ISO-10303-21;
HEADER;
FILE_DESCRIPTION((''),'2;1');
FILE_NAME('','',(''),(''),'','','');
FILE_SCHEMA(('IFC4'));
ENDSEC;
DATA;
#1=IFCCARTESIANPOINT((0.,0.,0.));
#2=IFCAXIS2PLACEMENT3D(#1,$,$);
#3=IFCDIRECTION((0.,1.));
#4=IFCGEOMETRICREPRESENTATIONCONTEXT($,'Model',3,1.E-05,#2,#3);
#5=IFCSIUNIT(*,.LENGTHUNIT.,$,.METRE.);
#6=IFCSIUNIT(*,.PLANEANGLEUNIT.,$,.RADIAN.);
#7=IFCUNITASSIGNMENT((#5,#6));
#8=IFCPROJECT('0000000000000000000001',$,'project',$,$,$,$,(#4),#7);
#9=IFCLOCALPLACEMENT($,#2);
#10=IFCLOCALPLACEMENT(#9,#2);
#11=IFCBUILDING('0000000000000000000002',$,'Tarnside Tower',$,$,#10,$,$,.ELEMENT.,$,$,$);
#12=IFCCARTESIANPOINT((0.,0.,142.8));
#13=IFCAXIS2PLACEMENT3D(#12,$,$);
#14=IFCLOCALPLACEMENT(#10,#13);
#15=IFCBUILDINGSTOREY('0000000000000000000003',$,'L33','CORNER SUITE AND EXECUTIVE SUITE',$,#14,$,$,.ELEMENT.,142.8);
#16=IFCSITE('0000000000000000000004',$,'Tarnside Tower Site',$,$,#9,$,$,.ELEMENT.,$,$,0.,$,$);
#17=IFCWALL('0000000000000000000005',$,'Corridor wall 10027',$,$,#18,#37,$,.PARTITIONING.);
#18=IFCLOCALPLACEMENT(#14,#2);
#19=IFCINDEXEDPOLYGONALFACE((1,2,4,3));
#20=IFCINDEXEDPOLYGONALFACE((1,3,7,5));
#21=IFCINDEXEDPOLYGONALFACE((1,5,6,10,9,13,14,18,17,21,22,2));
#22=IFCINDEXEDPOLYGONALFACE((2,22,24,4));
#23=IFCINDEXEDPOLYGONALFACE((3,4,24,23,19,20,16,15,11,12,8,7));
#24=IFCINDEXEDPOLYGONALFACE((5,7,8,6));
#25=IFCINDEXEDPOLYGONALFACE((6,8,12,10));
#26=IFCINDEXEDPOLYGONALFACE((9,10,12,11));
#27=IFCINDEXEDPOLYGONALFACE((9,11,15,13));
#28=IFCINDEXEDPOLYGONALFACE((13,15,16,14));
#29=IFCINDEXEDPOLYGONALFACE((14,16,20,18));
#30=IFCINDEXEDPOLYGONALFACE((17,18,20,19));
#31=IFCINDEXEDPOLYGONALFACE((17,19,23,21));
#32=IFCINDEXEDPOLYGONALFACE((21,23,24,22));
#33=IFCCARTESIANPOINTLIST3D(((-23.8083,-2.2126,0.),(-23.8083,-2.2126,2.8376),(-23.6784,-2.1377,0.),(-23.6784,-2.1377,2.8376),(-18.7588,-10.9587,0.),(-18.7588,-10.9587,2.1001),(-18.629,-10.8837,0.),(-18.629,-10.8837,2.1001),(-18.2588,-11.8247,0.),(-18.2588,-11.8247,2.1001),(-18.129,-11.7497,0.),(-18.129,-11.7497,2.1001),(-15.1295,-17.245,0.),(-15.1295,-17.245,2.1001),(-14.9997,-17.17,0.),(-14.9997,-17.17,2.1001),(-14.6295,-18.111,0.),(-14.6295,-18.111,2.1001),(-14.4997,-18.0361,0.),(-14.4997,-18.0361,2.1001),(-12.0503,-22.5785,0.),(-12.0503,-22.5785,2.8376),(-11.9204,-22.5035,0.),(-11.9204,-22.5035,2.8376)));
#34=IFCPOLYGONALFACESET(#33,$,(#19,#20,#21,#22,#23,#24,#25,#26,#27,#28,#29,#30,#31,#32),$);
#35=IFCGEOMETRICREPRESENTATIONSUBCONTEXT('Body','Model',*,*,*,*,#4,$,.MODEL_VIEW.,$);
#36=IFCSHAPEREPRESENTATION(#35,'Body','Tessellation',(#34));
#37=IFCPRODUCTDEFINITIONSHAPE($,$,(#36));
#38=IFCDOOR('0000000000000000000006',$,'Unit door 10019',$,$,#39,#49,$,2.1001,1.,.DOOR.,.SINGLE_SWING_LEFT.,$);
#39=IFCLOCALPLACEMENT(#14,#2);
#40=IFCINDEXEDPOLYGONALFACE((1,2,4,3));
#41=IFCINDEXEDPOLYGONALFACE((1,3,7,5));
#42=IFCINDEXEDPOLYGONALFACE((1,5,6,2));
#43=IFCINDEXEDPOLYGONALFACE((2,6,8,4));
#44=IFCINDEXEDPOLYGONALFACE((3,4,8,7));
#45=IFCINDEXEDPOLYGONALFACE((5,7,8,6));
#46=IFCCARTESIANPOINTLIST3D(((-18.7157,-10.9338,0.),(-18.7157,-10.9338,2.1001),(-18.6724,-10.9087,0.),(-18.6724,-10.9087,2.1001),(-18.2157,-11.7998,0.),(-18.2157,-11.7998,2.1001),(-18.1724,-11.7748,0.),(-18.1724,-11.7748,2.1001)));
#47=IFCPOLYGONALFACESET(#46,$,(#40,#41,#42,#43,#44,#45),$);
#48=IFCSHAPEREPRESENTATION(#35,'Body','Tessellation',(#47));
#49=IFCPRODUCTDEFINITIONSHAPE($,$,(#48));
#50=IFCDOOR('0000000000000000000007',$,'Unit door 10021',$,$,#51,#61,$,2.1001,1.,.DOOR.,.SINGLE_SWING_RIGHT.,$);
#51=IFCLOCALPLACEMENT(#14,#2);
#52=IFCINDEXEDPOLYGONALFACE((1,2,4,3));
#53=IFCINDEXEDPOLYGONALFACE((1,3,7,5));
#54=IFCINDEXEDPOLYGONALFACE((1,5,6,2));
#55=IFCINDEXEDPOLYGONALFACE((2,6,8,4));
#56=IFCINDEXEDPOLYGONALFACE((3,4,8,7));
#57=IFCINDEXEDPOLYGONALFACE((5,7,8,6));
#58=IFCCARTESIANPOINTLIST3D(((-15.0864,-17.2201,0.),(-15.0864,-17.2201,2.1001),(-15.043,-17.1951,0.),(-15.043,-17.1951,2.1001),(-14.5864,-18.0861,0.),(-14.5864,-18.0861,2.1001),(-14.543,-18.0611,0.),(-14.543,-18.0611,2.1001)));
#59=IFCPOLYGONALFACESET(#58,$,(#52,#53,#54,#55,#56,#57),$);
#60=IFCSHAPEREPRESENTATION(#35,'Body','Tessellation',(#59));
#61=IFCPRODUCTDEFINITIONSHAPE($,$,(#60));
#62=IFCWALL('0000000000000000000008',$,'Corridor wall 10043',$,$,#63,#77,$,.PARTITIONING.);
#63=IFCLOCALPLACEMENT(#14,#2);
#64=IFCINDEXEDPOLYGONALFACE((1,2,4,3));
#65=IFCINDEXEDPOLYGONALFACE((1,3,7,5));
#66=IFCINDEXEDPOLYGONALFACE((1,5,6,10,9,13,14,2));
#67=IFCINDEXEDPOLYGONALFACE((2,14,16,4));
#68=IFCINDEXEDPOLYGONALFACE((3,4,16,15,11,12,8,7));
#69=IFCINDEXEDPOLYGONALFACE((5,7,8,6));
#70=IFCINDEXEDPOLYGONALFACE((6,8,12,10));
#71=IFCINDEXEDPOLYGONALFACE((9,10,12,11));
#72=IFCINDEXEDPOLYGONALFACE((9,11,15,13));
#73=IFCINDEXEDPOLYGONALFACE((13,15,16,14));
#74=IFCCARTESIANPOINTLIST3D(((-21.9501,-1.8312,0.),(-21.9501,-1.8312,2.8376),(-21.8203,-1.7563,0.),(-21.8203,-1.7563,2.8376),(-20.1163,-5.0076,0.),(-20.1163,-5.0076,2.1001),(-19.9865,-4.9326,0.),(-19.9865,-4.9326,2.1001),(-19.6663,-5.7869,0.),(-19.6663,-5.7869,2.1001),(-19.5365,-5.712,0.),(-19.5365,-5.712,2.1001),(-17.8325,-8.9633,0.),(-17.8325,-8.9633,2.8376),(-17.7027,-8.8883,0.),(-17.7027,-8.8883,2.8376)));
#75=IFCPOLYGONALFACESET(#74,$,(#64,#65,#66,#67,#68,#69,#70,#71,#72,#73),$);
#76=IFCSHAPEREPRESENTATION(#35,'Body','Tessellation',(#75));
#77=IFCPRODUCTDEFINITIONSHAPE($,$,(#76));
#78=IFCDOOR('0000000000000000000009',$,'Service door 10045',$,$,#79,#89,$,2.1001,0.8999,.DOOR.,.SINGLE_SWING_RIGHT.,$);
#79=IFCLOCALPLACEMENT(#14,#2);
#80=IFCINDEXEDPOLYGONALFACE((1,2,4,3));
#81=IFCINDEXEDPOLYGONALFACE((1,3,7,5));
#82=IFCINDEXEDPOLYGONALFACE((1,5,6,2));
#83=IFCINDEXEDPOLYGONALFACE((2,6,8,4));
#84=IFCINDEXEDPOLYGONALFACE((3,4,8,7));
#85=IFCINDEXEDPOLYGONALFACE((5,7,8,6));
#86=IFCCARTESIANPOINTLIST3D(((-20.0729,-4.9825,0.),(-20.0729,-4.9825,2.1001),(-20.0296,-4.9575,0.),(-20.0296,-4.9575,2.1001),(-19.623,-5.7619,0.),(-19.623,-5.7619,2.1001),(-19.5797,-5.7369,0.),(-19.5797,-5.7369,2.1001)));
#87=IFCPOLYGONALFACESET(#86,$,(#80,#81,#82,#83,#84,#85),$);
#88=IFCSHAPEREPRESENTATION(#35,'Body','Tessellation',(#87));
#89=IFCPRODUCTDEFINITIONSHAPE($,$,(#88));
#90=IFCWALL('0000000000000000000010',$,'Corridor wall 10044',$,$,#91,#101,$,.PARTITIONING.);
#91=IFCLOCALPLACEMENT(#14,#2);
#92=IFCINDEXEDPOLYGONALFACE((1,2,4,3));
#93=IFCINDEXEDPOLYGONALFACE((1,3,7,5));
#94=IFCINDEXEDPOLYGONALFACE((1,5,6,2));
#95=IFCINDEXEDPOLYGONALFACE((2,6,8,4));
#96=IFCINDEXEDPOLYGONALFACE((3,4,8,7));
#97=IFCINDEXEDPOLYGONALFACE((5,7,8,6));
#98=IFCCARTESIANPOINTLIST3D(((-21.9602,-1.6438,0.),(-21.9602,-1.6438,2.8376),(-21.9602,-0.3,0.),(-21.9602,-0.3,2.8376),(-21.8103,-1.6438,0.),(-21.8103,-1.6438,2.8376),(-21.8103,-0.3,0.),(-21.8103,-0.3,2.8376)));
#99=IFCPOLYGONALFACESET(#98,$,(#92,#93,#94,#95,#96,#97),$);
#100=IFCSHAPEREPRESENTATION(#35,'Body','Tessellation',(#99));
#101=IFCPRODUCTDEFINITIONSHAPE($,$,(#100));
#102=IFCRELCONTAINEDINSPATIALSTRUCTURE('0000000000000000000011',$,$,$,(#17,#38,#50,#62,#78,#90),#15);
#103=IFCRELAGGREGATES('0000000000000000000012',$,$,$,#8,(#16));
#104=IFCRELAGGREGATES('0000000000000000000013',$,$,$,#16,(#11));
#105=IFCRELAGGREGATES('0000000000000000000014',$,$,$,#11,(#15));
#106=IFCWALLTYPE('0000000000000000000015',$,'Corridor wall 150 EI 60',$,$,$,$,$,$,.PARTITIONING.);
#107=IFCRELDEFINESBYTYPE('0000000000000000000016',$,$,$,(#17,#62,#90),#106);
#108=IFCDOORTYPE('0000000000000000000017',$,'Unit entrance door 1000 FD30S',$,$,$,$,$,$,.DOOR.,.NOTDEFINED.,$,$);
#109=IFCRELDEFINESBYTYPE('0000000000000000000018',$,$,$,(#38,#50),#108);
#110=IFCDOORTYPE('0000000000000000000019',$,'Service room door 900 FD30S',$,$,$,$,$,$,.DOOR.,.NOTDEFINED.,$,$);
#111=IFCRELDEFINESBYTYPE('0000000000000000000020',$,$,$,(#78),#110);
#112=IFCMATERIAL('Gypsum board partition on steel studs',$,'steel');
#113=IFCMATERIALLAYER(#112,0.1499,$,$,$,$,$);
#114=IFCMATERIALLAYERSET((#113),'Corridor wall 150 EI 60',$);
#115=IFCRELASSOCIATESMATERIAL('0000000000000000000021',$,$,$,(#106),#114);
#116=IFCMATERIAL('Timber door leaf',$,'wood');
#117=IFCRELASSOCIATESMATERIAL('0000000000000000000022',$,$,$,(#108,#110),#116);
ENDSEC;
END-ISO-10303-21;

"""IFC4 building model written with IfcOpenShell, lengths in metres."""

from ifc_helpers import new_model, si_unit, direction, frame, frame_2d, origin, place, context, subcontext, project, spatial, rectangle, extrude, material, layer, layer_set, type_object, element, fill, save


model = new_model("IFC4")

# Units and contexts
model_context = context("Model", 3, precision=1e-05, world=origin(), true_north=direction((0.0, 1.0)))
body_context = subcontext(model_context, "Body", "Model", "MODEL_VIEW")
ifc_project = project(units=[si_unit("LENGTHUNIT", "METRE"), si_unit("PLANEANGLEUNIT", "RADIAN")], contexts=[model_context])

# Site, building, storey
site_placement = place(None, origin())
site = spatial("IfcSite", under=ifc_project, at=site_placement, Name="Tarnside Tower Site", CompositionType="ELEMENT", RefElevation=0.0)
building_placement = place(site_placement, origin())
building = spatial("IfcBuilding", under=site, at=building_placement, Name="Tarnside Tower", CompositionType="ELEMENT")
storey_placement = place(building_placement, frame((0.0, 0.0, 142.8)))
storey = spatial("IfcBuildingStorey", under=building, at=storey_placement, Name="L33", Description="CORNER SUITE AND EXECUTIVE SUITE", CompositionType="ELEMENT", Elevation=142.8)

# Shared definitions
ifc_material_1 = material(Name="Gypsum board partition on steel studs", Category="steel")
ifc_material_2 = material(Name="Timber door leaf", Category="wood")

# Wall, openings, doors
ifc_layer_1 = layer(ifc_material_1, 0.1499)
ifc_layer_set_1 = layer_set([ifc_layer_1], Name="Corridor wall 150 EI 60")
wall_type_1 = type_object("IfcWallType", Name="Corridor wall 150 EI 60", PredefinedType="PARTITIONING", material=ifc_layer_set_1)
wall_1_placement = place(storey_placement, frame((-23.7434, -2.175, 0.0), z_axis=(0.0, 0.0, 1.0), x_axis=(0.499992, -0.86603, 0.0)))
wall_1 = element("IfcWall", 1, at=wall_1_placement, inside=storey, type_object=wall_type_1, Name="Corridor wall 10027", PredefinedType="PARTITIONING", context=body_context, shape_type="SweptSolid", body=[
    extrude(rectangle(XDim=23.5164, YDim=0.1499, at=frame_2d((11.7583, 0.0))), origin(), (0.0, 0.0, 1.0), 2.8376),
])
opening_1_placement = place(wall_1_placement, frame((10.0991, 0.0, 0.0)))
opening_1 = element("IfcOpeningElement", 2, at=opening_1_placement, cuts=wall_1, PredefinedType="OPENING", context=body_context, shape_type="SweptSolid", body=[
    extrude(rectangle(XDim=1.0, YDim=2.1001, at=frame_2d((0.5, 1.05))), frame((0.0, 0.085, 0.0), z_axis=(0.0, -1.0, 0.0), x_axis=(1.0, 0.0, 0.0)), (0.0, 0.0, 1.0), 0.1699),
])
opening_2_placement = place(wall_1_placement, frame((17.3579, 0.0, 0.0)))
opening_2 = element("IfcOpeningElement", 3, at=opening_2_placement, cuts=wall_1, PredefinedType="OPENING", context=body_context, shape_type="SweptSolid", body=[
    extrude(rectangle(XDim=1.0, YDim=2.1001, at=frame_2d((0.5, 1.05))), frame((0.0, 0.085, 0.0), z_axis=(0.0, -1.0, 0.0), x_axis=(1.0, 0.0, 0.0)), (0.0, 0.0, 1.0), 0.1699),
])
door_type_1 = type_object("IfcDoorType", Name="Unit entrance door 1000 FD30S", OperationType="NOTDEFINED", PredefinedType="DOOR", material=ifc_material_2)
door_1_placement = place(opening_1_placement, origin())
door_1 = element("IfcDoor", 4, at=door_1_placement, inside=storey, type_object=door_type_1, Name="Unit door 10019", OperationType="SINGLE_SWING_LEFT", OverallHeight=2.1001, OverallWidth=1.0, PredefinedType="DOOR", context=body_context, shape_type="SweptSolid", body=[
    extrude(rectangle(XDim=1.0, YDim=2.1001, at=frame_2d((0.5, 1.05))), frame((0.0, 0.0249, 0.0), z_axis=(0.0, -1.0, 0.0), x_axis=(1.0, 0.0, 0.0)), (0.0, 0.0, 1.0), 0.05),
])
fill(opening_1, door_1)
door_2_placement = place(opening_2_placement, origin())
door_2 = element("IfcDoor", 5, at=door_2_placement, inside=storey, type_object=door_type_1, Name="Unit door 10021", OperationType="SINGLE_SWING_RIGHT", OverallHeight=2.1001, OverallWidth=1.0, PredefinedType="DOOR", context=body_context, shape_type="SweptSolid", body=[
    extrude(rectangle(XDim=1.0, YDim=2.1001, at=frame_2d((0.5, 1.05))), frame((0.0, 0.0249, 0.0), z_axis=(0.0, -1.0, 0.0), x_axis=(1.0, 0.0, 0.0)), (0.0, 0.0, 1.0), 0.05),
])
fill(opening_2, door_2)

# Wall, opening, door
wall_2_placement = place(storey_placement, frame((-17.7676, -8.9258, 0.0), z_axis=(0.0, 0.0, 1.0), x_axis=(-0.499997, 0.866027, 0.0)))
wall_2 = element("IfcWall", 6, at=wall_2_placement, inside=storey, type_object=wall_type_1, Name="Corridor wall 10043", PredefinedType="PARTITIONING", context=body_context, shape_type="SweptSolid", body=[
    extrude(rectangle(XDim=8.2354, YDim=0.1499, at=frame_2d((4.1177, 0.0))), origin(), (0.0, 0.0, 1.0), 2.8376),
])
opening_3_placement = place(wall_2_placement, frame((3.6677, 0.0, 0.0)))
opening_3 = element("IfcOpeningElement", 7, at=opening_3_placement, cuts=wall_2, PredefinedType="OPENING", context=body_context, shape_type="SweptSolid", body=[
    extrude(rectangle(XDim=0.8999, YDim=2.1001, at=frame_2d((0.45, 1.05))), frame((0.0, 0.085, 0.0), z_axis=(0.0, -1.0, 0.0), x_axis=(1.0, 0.0, 0.0)), (0.0, 0.0, 1.0), 0.1699),
])
door_type_2 = type_object("IfcDoorType", Name="Service room door 900 FD30S", OperationType="NOTDEFINED", PredefinedType="DOOR", material=ifc_material_2)
door_3_placement = place(opening_3_placement, origin())
door_3 = element("IfcDoor", 8, at=door_3_placement, inside=storey, type_object=door_type_2, Name="Service door 10045", OperationType="SINGLE_SWING_RIGHT", OverallHeight=2.1001, OverallWidth=0.8999, PredefinedType="DOOR", context=body_context, shape_type="SweptSolid", body=[
    extrude(rectangle(XDim=0.8999, YDim=2.1001, at=frame_2d((0.45, 1.05))), frame((0.0, 0.0249, 0.0), z_axis=(0.0, -1.0, 0.0), x_axis=(1.0, 0.0, 0.0)), (0.0, 0.0, 1.0), 0.05),
])
fill(opening_3, door_3)

# Wall
wall_3_placement = place(storey_placement, frame((-21.8853, -1.6438, 0.0), z_axis=(0.0, 0.0, 1.0), x_axis=(0.0, 1.0, 0.0)))
element("IfcWall", 9, at=wall_3_placement, inside=storey, type_object=wall_type_1, Name="Corridor wall 10044", PredefinedType="PARTITIONING", context=body_context, shape_type="SweptSolid", body=[
    extrude(rectangle(XDim=1.3438, YDim=0.1499, at=frame_2d((0.6719, 0.0))), origin(), (0.0, 0.0, 1.0), 2.8376),
])

save(model, "model.ifc")
